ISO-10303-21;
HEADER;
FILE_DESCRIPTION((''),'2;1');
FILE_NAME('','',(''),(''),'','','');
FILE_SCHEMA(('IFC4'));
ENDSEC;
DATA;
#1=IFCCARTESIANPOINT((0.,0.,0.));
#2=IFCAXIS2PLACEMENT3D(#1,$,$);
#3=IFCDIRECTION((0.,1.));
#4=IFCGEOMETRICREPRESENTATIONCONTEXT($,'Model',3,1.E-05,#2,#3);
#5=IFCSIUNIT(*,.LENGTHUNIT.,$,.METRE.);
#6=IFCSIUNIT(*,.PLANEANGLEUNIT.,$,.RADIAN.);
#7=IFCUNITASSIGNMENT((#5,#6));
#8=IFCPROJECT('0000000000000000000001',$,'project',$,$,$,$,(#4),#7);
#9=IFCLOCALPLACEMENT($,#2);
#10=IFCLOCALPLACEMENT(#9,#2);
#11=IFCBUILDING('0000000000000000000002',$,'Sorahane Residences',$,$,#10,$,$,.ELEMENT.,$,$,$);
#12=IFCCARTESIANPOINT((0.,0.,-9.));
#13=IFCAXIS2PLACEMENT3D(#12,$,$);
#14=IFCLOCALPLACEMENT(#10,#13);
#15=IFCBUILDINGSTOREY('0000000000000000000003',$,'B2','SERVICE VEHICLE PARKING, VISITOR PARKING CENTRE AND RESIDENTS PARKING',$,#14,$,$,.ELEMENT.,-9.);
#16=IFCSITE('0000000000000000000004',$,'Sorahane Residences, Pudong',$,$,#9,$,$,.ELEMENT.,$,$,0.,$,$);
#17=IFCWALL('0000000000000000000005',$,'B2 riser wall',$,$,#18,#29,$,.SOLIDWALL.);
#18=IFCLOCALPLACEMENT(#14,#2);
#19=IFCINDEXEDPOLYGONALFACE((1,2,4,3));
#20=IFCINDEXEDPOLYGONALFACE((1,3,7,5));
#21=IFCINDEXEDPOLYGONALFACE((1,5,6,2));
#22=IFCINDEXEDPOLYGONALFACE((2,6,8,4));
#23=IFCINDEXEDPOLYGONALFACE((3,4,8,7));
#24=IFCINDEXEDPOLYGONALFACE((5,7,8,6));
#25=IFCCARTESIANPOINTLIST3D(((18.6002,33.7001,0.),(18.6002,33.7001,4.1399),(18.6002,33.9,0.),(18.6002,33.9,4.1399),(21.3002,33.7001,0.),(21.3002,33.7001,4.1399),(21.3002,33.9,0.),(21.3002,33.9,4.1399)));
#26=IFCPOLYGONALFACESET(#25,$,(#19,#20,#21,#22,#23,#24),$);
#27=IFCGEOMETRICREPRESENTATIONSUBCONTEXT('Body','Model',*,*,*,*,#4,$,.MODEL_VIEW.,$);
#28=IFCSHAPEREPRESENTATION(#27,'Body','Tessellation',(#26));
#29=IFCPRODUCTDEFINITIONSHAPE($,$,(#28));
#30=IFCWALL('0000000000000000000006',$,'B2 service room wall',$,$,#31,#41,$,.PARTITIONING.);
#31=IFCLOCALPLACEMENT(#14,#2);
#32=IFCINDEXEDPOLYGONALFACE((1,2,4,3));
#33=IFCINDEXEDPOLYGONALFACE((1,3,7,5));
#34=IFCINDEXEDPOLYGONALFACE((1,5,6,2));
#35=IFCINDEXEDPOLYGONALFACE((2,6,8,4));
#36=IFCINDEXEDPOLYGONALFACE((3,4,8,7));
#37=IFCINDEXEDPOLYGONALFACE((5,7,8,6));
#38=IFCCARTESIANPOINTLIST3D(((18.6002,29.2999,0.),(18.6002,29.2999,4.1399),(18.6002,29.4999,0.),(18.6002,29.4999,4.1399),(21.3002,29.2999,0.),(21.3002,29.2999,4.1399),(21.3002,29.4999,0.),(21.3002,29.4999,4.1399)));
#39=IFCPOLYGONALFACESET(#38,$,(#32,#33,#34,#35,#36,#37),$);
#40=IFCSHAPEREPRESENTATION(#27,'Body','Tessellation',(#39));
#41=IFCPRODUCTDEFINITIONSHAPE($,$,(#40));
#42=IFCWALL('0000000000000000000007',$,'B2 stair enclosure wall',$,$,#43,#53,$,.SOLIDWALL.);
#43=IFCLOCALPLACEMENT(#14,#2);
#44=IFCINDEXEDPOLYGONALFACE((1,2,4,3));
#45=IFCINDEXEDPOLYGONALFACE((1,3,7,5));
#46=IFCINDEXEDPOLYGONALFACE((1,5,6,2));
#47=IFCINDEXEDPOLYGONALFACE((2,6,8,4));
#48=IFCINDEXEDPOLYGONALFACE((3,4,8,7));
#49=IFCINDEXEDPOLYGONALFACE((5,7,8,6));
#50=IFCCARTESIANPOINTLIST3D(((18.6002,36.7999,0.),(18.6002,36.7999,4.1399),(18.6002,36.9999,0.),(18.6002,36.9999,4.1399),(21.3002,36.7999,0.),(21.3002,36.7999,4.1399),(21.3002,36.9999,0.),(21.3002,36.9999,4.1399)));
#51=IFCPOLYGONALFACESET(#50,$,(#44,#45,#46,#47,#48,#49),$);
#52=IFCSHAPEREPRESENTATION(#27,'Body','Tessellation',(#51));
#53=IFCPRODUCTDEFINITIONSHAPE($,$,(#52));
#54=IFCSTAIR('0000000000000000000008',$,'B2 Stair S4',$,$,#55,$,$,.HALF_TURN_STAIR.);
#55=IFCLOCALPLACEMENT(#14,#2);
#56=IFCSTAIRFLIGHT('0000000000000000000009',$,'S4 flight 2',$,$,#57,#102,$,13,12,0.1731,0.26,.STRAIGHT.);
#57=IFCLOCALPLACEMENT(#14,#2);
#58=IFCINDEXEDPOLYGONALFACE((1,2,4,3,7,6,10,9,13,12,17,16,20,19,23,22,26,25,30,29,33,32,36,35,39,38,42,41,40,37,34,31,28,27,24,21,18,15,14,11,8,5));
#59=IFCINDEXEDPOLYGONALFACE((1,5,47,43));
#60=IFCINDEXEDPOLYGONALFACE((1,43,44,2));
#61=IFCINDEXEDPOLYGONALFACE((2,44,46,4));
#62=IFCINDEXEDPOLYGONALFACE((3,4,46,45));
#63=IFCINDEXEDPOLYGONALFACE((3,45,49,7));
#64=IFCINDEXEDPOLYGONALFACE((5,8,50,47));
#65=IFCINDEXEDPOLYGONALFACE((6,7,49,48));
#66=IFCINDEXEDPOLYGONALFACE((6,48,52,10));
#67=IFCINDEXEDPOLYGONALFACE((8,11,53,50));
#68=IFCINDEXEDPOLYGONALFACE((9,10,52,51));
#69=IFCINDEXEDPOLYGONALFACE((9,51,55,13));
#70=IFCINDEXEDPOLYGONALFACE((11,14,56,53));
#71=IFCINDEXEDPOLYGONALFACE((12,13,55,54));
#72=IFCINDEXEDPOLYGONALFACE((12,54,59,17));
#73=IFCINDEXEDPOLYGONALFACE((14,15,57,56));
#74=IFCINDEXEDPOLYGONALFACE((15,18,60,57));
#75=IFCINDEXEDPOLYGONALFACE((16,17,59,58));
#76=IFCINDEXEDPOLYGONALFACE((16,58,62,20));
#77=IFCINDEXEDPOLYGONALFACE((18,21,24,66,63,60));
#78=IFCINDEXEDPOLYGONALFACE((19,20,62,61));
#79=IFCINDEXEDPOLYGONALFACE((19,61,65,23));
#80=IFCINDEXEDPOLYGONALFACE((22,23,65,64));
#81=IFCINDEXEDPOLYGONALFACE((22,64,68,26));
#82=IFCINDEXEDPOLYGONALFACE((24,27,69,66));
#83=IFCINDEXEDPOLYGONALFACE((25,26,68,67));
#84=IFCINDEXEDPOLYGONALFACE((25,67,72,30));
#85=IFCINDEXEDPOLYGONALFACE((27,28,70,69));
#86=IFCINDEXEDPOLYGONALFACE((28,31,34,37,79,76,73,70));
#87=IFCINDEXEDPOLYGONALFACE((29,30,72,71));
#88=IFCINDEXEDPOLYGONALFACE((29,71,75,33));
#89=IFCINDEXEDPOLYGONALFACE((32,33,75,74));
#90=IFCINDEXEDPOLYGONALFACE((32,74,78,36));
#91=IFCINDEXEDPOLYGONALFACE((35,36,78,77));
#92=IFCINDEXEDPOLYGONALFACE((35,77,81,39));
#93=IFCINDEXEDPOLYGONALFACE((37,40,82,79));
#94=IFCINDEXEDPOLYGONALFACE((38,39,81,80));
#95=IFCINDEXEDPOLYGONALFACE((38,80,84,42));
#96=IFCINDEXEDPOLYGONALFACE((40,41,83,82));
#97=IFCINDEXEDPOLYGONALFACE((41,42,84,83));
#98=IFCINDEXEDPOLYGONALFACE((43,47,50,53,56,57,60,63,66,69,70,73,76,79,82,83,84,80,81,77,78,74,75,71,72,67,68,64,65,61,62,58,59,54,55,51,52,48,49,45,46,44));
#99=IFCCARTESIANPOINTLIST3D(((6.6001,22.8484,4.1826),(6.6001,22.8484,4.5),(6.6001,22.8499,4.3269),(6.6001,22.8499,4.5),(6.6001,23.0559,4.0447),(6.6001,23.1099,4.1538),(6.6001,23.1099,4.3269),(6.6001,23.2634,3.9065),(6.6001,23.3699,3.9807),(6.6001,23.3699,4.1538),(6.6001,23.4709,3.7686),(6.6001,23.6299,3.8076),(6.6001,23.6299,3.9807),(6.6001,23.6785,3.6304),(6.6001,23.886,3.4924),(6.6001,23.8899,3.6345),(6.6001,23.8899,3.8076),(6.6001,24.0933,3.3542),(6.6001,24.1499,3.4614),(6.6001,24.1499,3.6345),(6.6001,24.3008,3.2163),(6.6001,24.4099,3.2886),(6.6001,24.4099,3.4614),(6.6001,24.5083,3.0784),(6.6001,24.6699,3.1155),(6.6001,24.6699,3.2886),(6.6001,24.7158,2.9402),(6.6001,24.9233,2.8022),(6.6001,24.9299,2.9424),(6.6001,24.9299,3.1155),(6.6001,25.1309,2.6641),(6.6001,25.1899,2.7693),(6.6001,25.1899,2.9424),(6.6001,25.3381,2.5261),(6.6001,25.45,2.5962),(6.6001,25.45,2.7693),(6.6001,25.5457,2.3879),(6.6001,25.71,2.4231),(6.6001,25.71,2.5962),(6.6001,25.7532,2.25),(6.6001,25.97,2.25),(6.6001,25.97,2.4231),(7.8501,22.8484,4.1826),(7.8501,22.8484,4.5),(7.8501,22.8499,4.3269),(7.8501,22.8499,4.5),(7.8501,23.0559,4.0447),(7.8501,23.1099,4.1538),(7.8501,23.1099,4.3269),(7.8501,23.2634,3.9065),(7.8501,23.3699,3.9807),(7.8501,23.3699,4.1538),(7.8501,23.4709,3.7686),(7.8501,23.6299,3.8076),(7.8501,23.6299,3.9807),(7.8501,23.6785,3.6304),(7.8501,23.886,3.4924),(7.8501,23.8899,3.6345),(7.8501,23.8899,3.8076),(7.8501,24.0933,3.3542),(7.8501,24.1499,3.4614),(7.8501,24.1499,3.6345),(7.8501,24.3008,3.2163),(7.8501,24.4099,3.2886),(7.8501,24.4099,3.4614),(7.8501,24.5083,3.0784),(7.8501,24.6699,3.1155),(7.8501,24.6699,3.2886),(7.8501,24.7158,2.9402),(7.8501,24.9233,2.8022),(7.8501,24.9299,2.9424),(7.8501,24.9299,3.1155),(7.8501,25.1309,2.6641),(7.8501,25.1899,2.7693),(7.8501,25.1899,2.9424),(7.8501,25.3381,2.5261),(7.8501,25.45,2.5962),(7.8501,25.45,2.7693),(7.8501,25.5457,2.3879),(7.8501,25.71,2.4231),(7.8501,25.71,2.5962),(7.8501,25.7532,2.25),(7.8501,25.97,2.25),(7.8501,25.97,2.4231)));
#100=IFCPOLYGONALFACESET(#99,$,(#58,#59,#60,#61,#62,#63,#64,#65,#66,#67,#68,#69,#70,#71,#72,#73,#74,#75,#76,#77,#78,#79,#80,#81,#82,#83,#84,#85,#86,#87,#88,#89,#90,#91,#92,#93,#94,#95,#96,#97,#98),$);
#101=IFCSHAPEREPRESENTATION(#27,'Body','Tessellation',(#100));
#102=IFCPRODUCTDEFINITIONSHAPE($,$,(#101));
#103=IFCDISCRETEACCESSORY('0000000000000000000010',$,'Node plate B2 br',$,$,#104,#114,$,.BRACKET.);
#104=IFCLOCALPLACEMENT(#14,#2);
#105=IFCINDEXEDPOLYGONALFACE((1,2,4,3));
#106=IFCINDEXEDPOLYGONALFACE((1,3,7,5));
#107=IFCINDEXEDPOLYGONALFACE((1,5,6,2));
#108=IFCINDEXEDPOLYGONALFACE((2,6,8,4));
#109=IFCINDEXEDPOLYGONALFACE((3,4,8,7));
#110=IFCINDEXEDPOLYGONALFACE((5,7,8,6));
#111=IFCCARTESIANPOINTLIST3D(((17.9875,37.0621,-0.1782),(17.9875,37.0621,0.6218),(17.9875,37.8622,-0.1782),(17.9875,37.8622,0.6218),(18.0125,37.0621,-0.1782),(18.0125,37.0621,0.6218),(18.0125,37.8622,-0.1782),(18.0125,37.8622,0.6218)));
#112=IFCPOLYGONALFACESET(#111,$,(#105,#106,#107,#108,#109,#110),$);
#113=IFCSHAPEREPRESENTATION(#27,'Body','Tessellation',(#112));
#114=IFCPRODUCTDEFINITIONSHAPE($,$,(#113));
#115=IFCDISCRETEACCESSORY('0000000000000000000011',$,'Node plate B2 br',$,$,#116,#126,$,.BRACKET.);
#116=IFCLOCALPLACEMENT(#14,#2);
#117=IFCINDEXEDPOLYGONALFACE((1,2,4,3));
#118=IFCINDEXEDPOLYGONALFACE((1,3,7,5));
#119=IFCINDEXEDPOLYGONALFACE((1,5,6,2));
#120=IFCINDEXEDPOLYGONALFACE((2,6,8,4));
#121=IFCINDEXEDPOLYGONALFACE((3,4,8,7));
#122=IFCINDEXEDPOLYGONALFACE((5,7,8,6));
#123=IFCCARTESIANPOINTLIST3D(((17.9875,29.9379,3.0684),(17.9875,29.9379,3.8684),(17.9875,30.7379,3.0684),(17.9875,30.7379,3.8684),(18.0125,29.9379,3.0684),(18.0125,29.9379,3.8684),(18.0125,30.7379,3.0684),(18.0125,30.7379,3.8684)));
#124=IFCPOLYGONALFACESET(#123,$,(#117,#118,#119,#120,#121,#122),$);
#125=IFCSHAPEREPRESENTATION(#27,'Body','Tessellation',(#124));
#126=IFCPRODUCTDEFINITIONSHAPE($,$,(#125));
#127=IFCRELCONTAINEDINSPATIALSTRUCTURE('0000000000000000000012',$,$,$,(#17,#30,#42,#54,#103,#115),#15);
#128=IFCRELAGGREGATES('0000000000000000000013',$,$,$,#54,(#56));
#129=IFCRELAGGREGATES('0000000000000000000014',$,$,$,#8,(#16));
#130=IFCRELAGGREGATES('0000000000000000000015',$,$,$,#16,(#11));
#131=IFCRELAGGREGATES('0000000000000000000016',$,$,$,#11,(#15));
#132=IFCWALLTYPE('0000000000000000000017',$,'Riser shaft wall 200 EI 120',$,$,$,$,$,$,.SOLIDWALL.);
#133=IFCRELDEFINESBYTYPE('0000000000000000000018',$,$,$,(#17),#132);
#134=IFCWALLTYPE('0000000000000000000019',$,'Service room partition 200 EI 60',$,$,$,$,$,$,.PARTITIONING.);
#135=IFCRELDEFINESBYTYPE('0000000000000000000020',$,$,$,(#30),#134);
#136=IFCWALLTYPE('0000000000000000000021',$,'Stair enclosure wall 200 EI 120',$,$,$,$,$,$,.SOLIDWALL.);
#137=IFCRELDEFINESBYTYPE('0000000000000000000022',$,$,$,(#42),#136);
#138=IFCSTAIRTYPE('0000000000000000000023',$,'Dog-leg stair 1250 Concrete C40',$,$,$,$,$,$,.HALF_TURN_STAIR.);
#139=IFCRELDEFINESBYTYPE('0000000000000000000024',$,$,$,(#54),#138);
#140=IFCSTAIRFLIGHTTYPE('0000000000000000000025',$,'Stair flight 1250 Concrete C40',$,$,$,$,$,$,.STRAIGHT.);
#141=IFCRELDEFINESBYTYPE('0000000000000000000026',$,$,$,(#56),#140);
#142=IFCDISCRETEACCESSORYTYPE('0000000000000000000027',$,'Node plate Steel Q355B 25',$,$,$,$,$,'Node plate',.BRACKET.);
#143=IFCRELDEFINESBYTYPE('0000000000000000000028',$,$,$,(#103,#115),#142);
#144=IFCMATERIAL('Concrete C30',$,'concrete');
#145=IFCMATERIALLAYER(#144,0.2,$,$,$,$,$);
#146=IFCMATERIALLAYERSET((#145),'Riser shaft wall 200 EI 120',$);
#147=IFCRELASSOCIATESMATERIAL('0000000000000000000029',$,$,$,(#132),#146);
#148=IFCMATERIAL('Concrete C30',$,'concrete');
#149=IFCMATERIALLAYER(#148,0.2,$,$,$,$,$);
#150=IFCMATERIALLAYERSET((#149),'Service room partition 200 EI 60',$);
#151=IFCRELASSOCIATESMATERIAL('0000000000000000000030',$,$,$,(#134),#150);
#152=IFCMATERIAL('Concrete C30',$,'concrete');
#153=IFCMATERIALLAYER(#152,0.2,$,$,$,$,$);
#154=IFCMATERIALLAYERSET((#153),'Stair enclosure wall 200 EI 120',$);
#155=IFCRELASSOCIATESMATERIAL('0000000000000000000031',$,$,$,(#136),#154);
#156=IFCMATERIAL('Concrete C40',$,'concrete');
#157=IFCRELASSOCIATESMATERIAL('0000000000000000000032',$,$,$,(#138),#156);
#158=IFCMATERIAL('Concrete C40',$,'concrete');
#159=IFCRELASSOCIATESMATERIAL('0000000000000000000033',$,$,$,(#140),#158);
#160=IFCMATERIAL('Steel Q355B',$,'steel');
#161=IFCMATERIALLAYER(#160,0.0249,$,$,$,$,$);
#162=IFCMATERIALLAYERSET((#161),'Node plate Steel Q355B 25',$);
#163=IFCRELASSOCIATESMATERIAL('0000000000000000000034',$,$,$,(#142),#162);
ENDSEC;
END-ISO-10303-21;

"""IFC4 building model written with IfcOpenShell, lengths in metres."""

from ifc_helpers import new_model, si_unit, direction, frame, frame_2d, origin, origin_2d, place, context, subcontext, project, spatial, polyline, rectangle, outline, extrude, material, layer, layer_set, type_object, element, aggregate, save


model = new_model("IFC4")

# Units and contexts
model_context = context("Model", 3, precision=1e-05, world=origin(), true_north=direction((0.0, 1.0)))
body_context = subcontext(model_context, "Body", "Model", "MODEL_VIEW")
ifc_project = project(units=[si_unit("LENGTHUNIT", "METRE"), si_unit("PLANEANGLEUNIT", "RADIAN")], contexts=[model_context])

# Site, building, storey
site_placement = place(None, origin())
site = spatial("IfcSite", under=ifc_project, at=site_placement, Name="Sorahane Residences, Pudong", CompositionType="ELEMENT", RefElevation=0.0)
building_placement = place(site_placement, origin())
building = spatial("IfcBuilding", under=site, at=building_placement, Name="Sorahane Residences", CompositionType="ELEMENT")
storey_placement = place(building_placement, frame((0.0, 0.0, -9.0)))
storey = spatial("IfcBuildingStorey", under=building, at=storey_placement, Name="B2", Description="SERVICE VEHICLE PARKING, VISITOR PARKING CENTRE AND RESIDENTS PARKING", CompositionType="ELEMENT", Elevation=-9.0)

# Shared definitions
ifc_material_1 = material(Name="Concrete C30", Category="concrete")
ifc_layer_1 = layer(ifc_material_1, 0.2)
ifc_layer_set_1 = layer_set([ifc_layer_1], Name="Riser shaft wall 200 EI 120")
wall_type_1 = type_object("IfcWallType", Name="Riser shaft wall 200 EI 120", PredefinedType="SOLIDWALL", material=ifc_layer_set_1)

# Walls
wall_1_placement = place(storey_placement, frame((18.6001, 33.8, 0.0), z_axis=(0.0, 0.0, 1.0), x_axis=(1.0, 0.0, 0.0)))
element("IfcWall", 1, at=wall_1_placement, inside=storey, type_object=wall_type_1, Name="B2 riser wall", PredefinedType="SOLIDWALL", context=body_context, shape_type="SweptSolid", body=[
    extrude(rectangle(XDim=2.7, YDim=0.2, at=frame_2d((1.3501, 0.0))), origin(), (0.0, 0.0, 1.0), 4.1399),
])
ifc_material_2 = material(Name="Concrete C30", Category="concrete")
ifc_layer_2 = layer(ifc_material_2, 0.2)
ifc_layer_set_2 = layer_set([ifc_layer_2], Name="Service room partition 200 EI 60")
wall_type_2 = type_object("IfcWallType", Name="Service room partition 200 EI 60", PredefinedType="PARTITIONING", material=ifc_layer_set_2)
wall_2_placement = place(storey_placement, frame((18.6001, 29.3999, 0.0), z_axis=(0.0, 0.0, 1.0), x_axis=(1.0, 0.0, 0.0)))
element("IfcWall", 2, at=wall_2_placement, inside=storey, type_object=wall_type_2, Name="B2 service room wall", PredefinedType="PARTITIONING", context=body_context, shape_type="SweptSolid", body=[
    extrude(rectangle(XDim=2.7, YDim=0.2, at=frame_2d((1.3501, 0.0))), origin(), (0.0, 0.0, 1.0), 4.1399),
])
ifc_material_3 = material(Name="Concrete C30", Category="concrete")
ifc_layer_3 = layer(ifc_material_3, 0.2)
ifc_layer_set_3 = layer_set([ifc_layer_3], Name="Stair enclosure wall 200 EI 120")
wall_type_3 = type_object("IfcWallType", Name="Stair enclosure wall 200 EI 120", PredefinedType="SOLIDWALL", material=ifc_layer_set_3)
wall_3_placement = place(storey_placement, frame((18.6001, 36.8999, 0.0), z_axis=(0.0, 0.0, 1.0), x_axis=(1.0, 0.0, 0.0)))
element("IfcWall", 3, at=wall_3_placement, inside=storey, type_object=wall_type_3, Name="B2 stair enclosure wall", PredefinedType="SOLIDWALL", context=body_context, shape_type="SweptSolid", body=[
    extrude(rectangle(XDim=2.7, YDim=0.2, at=frame_2d((1.3501, 0.0))), origin(), (0.0, 0.0, 1.0), 4.1399),
])

# Stair, stair flight
ifc_material_4 = material(Name="Concrete C40", Category="concrete")
stair_type = type_object("IfcStairType", Name="Dog-leg stair 1250 Concrete C40", PredefinedType="HALF_TURN_STAIR", material=ifc_material_4)
stair_placement = place(storey_placement, origin())
stair = element("IfcStair", 4, at=stair_placement, inside=storey, type_object=stair_type, Name="B2 Stair S4", PredefinedType="HALF_TURN_STAIR")
ifc_material_5 = material(Name="Concrete C40", Category="concrete")
stair_flight_type = type_object("IfcStairFlightType", Name="Stair flight 1250 Concrete C40", PredefinedType="STRAIGHT", material=ifc_material_5)
stair_flight_placement = place(storey_placement, frame((7.2251, 25.97, 2.25), z_axis=(0.0, 0.0, 1.0), x_axis=(0.0, -1.0, 0.0)))
stair_flight = element("IfcStairFlight", 5, at=stair_flight_placement, type_object=stair_flight_type, Name="S4 flight 2", NumberOfRisers=13, NumberOfTreads=12, PredefinedType="STRAIGHT", RiserHeight=0.1731, TreadLength=0.26, context=body_context, shape_type="SweptSolid", body=[
    extrude(outline(polyline([(0.0, 0.0), (0.0, 0.1731), (0.26, 0.1731), (0.26, 0.3462), (0.52, 0.3462), (0.52, 0.5193), (0.78, 0.5193), (0.78, 0.6924), (1.04, 0.6924), (1.04, 0.8655), (1.3, 0.8655), (1.3, 1.0386), (1.5601, 1.0386), (1.5601, 1.2114), (1.8201, 1.2114), (1.8201, 1.3845), (2.0801, 1.3845), (2.0801, 1.5576), (2.3401, 1.5576), (2.3401, 1.7307), (2.6001, 1.7307), (2.6001, 1.9038), (2.8601, 1.9038), (2.8601, 2.0769), (3.1201, 2.0769), (3.1201, 2.25), (3.1216, 2.25), (3.1216, 1.9326), (2.9141, 1.7947), (2.7065, 1.6565), (2.499, 1.5186), (2.2915, 1.3804), (2.084, 1.2424), (1.8767, 1.1042), (1.6692, 0.9663), (1.4617, 0.8284), (1.2542, 0.6902), (1.0466, 0.5522), (0.8391, 0.4141), (0.6318, 0.2761), (0.4243, 0.1379), (0.2168, 0.0), (0.0, 0.0)])), frame((0.0, 0.625, 0.0), z_axis=(0.0, -1.0, 0.0), x_axis=(1.0, 0.0, 0.0)), (0.0, 0.0, 1.0), 1.25),
])
aggregate(stair, [stair_flight])

# Discrete accessories
ifc_material_6 = material(Name="Steel Q355B", Category="steel")
ifc_layer_4 = layer(ifc_material_6, 0.0249)
ifc_layer_set_4 = layer_set([ifc_layer_4], Name="Node plate Steel Q355B 25")
discrete_accessory_type = type_object("IfcDiscreteAccessoryType", Name="Node plate Steel Q355B 25", ElementType="Node plate", PredefinedType="BRACKET", material=ifc_layer_set_4)
for number, where, z_axis, x_axis, name in (
    (6, (18.0, 37.4622, -0.1782), (0.0, 0.0, 1.0), (0.0, 1.0, 0.0), "Node plate B2 br"),
    (7, (18.0, 30.3379, 3.0684), (0.0, 0.0, 1.0), (0.0, 1.0, 0.0), "Node plate B2 br"),
):
    element("IfcDiscreteAccessory", number, at=place(storey_placement, frame(where, z_axis=z_axis, x_axis=x_axis)), inside=storey, type_object=discrete_accessory_type, Name=name, PredefinedType="BRACKET", context=body_context, shape_type="SweptSolid", body=[
        extrude(rectangle(XDim=0.8, YDim=0.0249, at=origin_2d()), origin(), (0.0, 0.0, 1.0), 0.8),
    ])

save(model, "model.ifc")
